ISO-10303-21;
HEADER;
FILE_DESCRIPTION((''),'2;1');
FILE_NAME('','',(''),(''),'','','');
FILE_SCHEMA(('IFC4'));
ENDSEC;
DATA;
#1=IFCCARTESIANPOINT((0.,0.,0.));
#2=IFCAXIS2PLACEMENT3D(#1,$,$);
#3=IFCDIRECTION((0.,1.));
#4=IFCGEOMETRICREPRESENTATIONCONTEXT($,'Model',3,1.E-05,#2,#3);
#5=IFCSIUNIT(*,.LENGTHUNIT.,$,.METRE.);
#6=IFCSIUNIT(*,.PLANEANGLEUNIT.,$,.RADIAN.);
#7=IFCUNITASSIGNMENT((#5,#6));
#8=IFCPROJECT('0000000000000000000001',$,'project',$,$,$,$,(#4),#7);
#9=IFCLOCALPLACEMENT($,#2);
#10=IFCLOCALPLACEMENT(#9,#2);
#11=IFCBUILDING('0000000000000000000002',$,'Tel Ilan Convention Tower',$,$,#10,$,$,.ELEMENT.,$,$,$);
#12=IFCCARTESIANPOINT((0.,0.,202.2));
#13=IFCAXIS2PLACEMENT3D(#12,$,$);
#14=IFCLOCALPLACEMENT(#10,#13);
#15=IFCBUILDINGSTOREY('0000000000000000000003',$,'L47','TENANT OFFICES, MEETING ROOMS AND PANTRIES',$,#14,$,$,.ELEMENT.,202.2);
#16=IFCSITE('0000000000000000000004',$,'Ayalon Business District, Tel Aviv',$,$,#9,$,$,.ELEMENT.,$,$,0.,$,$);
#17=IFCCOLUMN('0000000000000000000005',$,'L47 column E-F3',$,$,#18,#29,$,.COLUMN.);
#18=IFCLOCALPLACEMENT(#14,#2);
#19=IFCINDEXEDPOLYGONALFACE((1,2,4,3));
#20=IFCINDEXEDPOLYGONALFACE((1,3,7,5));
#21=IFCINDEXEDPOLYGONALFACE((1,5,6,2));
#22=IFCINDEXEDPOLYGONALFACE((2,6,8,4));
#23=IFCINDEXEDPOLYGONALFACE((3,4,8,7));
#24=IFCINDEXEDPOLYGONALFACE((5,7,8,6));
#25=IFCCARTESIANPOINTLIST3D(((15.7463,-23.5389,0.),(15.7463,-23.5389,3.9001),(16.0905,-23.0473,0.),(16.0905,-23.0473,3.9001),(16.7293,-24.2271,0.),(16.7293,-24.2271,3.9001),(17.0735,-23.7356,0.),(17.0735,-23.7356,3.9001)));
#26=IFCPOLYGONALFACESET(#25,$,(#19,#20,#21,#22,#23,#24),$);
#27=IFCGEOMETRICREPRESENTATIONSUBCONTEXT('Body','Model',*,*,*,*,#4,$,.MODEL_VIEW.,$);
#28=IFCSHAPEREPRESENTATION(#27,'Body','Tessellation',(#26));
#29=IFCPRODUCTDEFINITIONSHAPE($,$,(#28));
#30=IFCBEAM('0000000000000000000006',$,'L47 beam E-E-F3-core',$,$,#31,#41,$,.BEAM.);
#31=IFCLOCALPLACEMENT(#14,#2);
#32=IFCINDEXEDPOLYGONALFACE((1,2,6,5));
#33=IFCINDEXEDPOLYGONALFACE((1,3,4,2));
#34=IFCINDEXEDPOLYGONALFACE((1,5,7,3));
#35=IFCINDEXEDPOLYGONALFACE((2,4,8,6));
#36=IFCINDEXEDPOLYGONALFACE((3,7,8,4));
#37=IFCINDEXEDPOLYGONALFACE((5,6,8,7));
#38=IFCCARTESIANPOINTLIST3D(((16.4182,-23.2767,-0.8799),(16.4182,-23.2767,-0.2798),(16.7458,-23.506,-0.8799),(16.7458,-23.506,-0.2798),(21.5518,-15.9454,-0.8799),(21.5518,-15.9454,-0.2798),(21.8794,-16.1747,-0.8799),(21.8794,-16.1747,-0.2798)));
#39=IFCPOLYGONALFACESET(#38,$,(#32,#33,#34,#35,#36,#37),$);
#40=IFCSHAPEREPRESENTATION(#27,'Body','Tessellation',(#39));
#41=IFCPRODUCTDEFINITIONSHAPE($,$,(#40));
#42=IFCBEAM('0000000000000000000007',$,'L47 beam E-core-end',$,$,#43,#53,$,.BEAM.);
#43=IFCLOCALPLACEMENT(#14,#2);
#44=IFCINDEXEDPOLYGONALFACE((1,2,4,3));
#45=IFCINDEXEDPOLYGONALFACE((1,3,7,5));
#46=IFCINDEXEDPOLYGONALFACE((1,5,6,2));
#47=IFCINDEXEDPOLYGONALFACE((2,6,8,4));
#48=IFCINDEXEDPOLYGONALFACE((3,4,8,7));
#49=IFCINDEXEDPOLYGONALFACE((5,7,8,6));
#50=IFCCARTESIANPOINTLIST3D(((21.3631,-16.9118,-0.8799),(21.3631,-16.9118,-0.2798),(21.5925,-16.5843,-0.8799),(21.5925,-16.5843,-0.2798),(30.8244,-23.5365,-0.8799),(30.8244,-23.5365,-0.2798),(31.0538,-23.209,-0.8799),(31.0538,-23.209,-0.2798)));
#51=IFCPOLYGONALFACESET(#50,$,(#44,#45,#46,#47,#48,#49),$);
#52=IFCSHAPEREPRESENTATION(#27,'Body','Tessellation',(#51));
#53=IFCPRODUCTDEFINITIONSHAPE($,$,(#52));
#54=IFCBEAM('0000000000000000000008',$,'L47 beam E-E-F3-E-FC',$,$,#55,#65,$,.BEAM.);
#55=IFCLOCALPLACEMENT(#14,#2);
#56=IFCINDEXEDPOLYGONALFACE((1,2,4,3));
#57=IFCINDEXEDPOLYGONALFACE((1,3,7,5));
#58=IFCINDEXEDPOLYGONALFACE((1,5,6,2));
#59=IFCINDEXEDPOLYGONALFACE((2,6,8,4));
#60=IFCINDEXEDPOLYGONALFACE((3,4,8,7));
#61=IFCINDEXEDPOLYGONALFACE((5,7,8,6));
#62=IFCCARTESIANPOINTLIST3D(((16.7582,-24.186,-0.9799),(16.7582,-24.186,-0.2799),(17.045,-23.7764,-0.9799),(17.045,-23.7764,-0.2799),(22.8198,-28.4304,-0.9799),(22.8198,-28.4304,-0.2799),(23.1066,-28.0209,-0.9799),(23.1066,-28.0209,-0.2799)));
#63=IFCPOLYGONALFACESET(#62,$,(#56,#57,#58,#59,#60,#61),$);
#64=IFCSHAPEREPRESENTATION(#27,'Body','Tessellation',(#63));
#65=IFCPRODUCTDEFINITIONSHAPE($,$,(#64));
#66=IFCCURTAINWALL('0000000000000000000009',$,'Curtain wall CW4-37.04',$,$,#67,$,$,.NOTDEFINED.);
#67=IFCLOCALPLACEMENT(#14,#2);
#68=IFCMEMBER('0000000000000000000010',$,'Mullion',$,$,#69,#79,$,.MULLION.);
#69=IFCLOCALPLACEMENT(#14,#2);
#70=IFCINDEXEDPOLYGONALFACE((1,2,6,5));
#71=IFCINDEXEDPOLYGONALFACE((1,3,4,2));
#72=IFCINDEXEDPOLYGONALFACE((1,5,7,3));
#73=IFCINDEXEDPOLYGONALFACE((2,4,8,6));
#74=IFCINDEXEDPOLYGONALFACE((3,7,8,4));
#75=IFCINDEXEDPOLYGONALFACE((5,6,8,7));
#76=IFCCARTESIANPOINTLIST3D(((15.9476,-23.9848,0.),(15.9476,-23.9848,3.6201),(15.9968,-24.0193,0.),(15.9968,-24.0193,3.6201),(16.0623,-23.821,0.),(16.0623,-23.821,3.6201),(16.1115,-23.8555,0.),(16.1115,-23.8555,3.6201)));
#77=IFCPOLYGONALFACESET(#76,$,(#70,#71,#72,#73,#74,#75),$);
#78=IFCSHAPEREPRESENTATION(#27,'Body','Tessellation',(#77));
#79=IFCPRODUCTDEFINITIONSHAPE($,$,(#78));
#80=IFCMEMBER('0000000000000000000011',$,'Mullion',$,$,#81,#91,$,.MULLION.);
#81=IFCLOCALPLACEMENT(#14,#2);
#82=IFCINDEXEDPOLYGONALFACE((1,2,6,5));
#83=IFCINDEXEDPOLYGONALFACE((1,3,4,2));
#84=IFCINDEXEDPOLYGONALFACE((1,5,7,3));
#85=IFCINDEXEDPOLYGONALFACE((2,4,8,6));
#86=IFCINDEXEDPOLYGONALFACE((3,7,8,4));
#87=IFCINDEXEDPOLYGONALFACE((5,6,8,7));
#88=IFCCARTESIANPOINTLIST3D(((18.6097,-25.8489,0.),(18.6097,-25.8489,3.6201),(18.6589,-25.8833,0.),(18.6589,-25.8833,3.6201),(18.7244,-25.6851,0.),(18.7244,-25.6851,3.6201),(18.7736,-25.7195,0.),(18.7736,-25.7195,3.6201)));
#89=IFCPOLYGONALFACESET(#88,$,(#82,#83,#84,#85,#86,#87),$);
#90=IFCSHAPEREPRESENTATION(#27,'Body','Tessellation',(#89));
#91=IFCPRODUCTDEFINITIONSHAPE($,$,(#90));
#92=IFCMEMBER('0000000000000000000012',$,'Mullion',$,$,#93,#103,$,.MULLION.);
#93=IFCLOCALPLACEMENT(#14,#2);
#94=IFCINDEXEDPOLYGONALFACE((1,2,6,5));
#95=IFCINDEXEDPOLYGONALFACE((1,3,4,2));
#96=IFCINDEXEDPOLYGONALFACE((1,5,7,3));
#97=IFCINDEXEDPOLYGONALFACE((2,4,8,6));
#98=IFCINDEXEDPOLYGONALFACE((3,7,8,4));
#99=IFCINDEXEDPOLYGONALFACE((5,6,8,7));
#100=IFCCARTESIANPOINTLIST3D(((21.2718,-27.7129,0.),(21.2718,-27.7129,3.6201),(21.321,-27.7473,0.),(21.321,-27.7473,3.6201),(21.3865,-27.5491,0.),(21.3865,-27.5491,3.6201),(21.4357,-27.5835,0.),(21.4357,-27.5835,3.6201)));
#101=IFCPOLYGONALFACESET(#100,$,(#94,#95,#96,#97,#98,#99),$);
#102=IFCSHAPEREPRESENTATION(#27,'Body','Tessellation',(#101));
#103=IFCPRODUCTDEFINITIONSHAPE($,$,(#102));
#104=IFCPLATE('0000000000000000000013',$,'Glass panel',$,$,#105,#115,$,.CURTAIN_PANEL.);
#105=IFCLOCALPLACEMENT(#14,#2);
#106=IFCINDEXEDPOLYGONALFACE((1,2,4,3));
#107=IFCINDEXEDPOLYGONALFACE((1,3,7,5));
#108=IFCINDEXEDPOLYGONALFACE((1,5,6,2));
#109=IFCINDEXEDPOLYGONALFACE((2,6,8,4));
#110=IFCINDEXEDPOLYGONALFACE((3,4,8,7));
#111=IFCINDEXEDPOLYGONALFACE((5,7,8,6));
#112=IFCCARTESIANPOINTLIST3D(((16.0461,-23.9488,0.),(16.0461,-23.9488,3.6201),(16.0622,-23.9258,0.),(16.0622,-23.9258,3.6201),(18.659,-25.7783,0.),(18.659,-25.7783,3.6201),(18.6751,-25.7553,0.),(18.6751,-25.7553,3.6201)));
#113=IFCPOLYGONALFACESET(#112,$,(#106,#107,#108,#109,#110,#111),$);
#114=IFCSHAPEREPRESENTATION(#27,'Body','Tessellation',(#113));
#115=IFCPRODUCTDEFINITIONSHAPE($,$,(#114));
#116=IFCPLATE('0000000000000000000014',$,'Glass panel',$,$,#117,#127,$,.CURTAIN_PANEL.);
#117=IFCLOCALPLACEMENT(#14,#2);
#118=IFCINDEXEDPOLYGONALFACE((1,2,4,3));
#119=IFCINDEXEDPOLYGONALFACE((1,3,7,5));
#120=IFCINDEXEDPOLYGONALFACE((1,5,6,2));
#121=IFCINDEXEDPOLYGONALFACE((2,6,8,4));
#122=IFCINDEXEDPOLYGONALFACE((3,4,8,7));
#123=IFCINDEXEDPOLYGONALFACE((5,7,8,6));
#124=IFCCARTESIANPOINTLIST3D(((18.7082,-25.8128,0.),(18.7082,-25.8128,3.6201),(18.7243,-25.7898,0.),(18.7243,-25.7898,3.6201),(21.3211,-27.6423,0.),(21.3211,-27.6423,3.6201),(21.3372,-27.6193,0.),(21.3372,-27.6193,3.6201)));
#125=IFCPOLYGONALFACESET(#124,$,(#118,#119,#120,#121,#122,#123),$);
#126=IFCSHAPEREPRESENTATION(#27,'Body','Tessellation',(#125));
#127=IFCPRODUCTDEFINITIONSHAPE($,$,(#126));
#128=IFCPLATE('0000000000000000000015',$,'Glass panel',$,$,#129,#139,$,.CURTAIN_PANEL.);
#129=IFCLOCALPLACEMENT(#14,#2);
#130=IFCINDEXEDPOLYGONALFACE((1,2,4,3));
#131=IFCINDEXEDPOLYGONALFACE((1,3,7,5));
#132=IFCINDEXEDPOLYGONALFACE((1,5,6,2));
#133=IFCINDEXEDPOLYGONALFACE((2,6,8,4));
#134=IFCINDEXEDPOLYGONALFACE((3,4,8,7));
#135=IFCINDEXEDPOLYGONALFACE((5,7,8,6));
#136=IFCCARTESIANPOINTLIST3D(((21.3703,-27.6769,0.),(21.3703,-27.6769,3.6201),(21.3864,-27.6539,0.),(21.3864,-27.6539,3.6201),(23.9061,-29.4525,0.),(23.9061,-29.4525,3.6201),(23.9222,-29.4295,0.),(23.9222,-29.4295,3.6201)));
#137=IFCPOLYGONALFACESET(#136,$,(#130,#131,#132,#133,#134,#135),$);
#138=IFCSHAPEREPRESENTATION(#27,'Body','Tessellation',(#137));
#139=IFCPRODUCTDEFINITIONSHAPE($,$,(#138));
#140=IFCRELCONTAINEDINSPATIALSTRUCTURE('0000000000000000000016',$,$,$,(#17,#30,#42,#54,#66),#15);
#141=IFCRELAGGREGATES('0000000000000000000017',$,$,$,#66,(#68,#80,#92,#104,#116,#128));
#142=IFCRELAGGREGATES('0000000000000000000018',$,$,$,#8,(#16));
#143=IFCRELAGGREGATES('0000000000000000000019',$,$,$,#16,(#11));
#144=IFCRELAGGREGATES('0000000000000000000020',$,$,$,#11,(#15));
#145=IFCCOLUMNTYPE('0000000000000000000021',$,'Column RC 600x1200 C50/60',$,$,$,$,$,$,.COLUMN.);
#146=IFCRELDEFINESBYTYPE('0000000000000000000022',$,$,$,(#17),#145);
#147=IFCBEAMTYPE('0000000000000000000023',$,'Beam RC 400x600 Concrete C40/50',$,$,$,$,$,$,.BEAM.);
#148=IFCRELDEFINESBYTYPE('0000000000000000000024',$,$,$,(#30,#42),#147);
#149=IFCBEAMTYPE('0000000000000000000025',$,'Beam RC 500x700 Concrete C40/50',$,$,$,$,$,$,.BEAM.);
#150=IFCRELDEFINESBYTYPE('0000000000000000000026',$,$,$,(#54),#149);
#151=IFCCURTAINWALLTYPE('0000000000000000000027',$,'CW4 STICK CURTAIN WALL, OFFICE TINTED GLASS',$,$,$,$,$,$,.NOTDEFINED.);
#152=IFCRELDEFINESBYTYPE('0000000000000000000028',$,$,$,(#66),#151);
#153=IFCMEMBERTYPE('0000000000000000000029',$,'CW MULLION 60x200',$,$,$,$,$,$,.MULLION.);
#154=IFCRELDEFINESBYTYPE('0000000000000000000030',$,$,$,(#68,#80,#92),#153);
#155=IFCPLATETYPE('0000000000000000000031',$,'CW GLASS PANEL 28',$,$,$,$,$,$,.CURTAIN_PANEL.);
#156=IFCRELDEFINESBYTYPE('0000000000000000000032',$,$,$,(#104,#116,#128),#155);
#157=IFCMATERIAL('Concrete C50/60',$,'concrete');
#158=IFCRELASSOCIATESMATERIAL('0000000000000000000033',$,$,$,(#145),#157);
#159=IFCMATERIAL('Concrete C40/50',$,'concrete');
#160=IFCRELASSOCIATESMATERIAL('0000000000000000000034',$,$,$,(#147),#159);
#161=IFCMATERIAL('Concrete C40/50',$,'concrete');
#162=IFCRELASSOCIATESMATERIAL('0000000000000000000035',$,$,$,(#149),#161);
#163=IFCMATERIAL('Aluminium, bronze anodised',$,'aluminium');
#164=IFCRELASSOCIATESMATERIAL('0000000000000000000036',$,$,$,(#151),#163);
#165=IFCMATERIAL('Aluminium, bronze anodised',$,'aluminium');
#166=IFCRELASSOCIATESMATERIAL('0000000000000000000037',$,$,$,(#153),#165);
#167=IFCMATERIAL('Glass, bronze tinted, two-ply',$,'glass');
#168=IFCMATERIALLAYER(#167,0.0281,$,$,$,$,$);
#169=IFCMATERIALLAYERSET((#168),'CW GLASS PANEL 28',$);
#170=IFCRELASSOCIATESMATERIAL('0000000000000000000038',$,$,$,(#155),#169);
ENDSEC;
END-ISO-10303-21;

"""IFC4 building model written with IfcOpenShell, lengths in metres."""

from ifc_helpers import new_model, si_unit, direction, frame, origin, origin_2d, place, context, subcontext, project, spatial, rectangle, extrude, material, layer, layer_set, material_profile, profile_set, type_object, element, aggregate, save


model = new_model("IFC4")

# Units and contexts
model_context = context("Model", 3, precision=1e-05, world=origin(), true_north=direction((0.0, 1.0)))
body_context = subcontext(model_context, "Body", "Model", "MODEL_VIEW")
ifc_project = project(units=[si_unit("LENGTHUNIT", "METRE"), si_unit("PLANEANGLEUNIT", "RADIAN")], contexts=[model_context])

# Site, building, storey
site_placement = place(None, origin())
site = spatial("IfcSite", under=ifc_project, at=site_placement, Name="Ayalon Business District, Tel Aviv", CompositionType="ELEMENT", RefElevation=0.0)
building_placement = place(site_placement, origin())
building = spatial("IfcBuilding", under=site, at=building_placement, Name="Tel Ilan Convention Tower", CompositionType="ELEMENT")
storey_placement = place(building_placement, frame((0.0, 0.0, 202.2)))
storey = spatial("IfcBuildingStorey", under=building, at=storey_placement, Name="L47", Description="TENANT OFFICES, MEETING ROOMS AND PANTRIES", CompositionType="ELEMENT", Elevation=202.2)

# Column
ifc_material_1 = material(Name="Concrete C50/60", Category="concrete")
ifc_material_profile_1 = material_profile(ifc_material_1, rectangle(XDim=1.2, YDim=0.6001, at=origin_2d()), Name="RC 600x1200")
ifc_profile_set_1 = profile_set([ifc_material_profile_1], Name="Concrete C50/60")
column_type = type_object("IfcColumnType", Name="Column RC 600x1200 C50/60", PredefinedType="COLUMN", material=ifc_profile_set_1)
column_placement = place(storey_placement, frame((16.4099, -23.6372, 0.0), z_axis=(0.0, 0.0, 1.0), x_axis=(0.819152, -0.573576, 0.0)))
element("IfcColumn", 1, at=column_placement, inside=storey, type_object=column_type, Name="L47 column E-F3", PredefinedType="COLUMN", context=body_context, shape_type="SweptSolid", body=[
    extrude(rectangle(XDim=1.2, YDim=0.6001, at=origin_2d()), origin(), (0.0, 0.0, 1.0), 3.9001),
])

# Beams
ifc_material_2 = material(Name="Concrete C40/50", Category="concrete")
ifc_material_profile_2 = material_profile(ifc_material_2, rectangle(XDim=0.3999, YDim=0.6001, at=origin_2d()), Name="RC 400x600")
ifc_profile_set_2 = profile_set([ifc_material_profile_2], Name="Concrete C40/50")
beam_type_1 = type_object("IfcBeamType", Name="Beam RC 400x600 Concrete C40/50", PredefinedType="BEAM", material=ifc_profile_set_2)
beam_1_placement = place(storey_placement, frame((16.582, -23.3914, -0.5798), z_axis=(0.573585, 0.819146, 0.0), x_axis=(-0.819146, 0.573585, 0.0)))
element("IfcBeam", 2, at=beam_1_placement, inside=storey, type_object=beam_type_1, Name="L47 beam E-E-F3-core", PredefinedType="BEAM", context=body_context, shape_type="SweptSolid", body=[
    extrude(rectangle(XDim=0.3999, YDim=0.6001, at=origin_2d()), origin(), (0.0, 0.0, 1.0), 8.95),
])
beam_2_placement = place(storey_placement, frame((21.4778, -16.748, -0.5798), z_axis=(0.81916, -0.573564, 0.0), x_axis=(0.573564, 0.81916, 0.0)))
element("IfcBeam", 3, at=beam_2_placement, inside=storey, type_object=beam_type_1, Name="L47 beam E-core-end", PredefinedType="BEAM", context=body_context, shape_type="SweptSolid", body=[
    extrude(rectangle(XDim=0.3999, YDim=0.6001, at=origin_2d()), origin(), (0.0, 0.0, 1.0), 11.55),
])
ifc_material_3 = material(Name="Concrete C40/50", Category="concrete")
ifc_material_profile_3 = material_profile(ifc_material_3, rectangle(XDim=0.5, YDim=0.7, at=origin_2d()), Name="RC 500x700")
ifc_profile_set_3 = profile_set([ifc_material_profile_3], Name="Concrete C40/50")
beam_type_2 = type_object("IfcBeamType", Name="Beam RC 500x700 Concrete C40/50", PredefinedType="BEAM", material=ifc_profile_set_3)
beam_3_placement = place(storey_placement, frame((16.9016, -23.9812, -0.6299), z_axis=(0.819148, -0.573582, 0.0), x_axis=(0.573582, 0.819148, 0.0)))
element("IfcBeam", 4, at=beam_3_placement, inside=storey, type_object=beam_type_2, Name="L47 beam E-E-F3-E-FC", PredefinedType="BEAM", context=body_context, shape_type="SweptSolid", body=[
    extrude(rectangle(XDim=0.5, YDim=0.7, at=origin_2d()), origin(), (0.0, 0.0, 1.0), 7.3999),
])

# Curtain wall, members, plates
ifc_material_4 = material(Name="Aluminium, bronze anodised", Category="aluminium")
curtain_wall_type = type_object("IfcCurtainWallType", Name="CW4 STICK CURTAIN WALL, OFFICE TINTED GLASS", PredefinedType="NOTDEFINED", material=ifc_material_4)
curtain_wall_placement = place(storey_placement, origin())
curtain_wall = element("IfcCurtainWall", 5, at=curtain_wall_placement, inside=storey, type_object=curtain_wall_type, Name="Curtain wall CW4-37.04", PredefinedType="NOTDEFINED")
ifc_material_5 = material(Name="Aluminium, bronze anodised", Category="aluminium")
ifc_material_profile_4 = material_profile(ifc_material_5, rectangle(XDim=0.0601, YDim=0.2, at=origin_2d()), Name="CW MULLION 60x200")
ifc_profile_set_4 = profile_set([ifc_material_profile_4], Name="Aluminium, bronze anodised")
member_type = type_object("IfcMemberType", Name="CW MULLION 60x200", PredefinedType="MULLION", material=ifc_profile_set_4)
member_1_placement = place(storey_placement, frame((16.0295, -23.9202, 0.0), z_axis=(0.0, 0.0, 1.0), x_axis=(0.819152, -0.573576, 0.0)))
member_1 = element("IfcMember", 6, at=member_1_placement, type_object=member_type, Name="Mullion", PredefinedType="MULLION", context=body_context, shape_type="SweptSolid", body=[
    extrude(rectangle(XDim=0.0601, YDim=0.2, at=origin_2d()), origin(), (0.0, 0.0, 1.0), 3.6201),
])
member_2_placement = place(storey_placement, frame((18.6917, -25.7842, 0.0), z_axis=(0.0, 0.0, 1.0), x_axis=(0.819152, -0.573576, 0.0)))
member_2 = element("IfcMember", 7, at=member_2_placement, type_object=member_type, Name="Mullion", PredefinedType="MULLION", context=body_context, shape_type="SweptSolid", body=[
    extrude(rectangle(XDim=0.0601, YDim=0.2, at=origin_2d()), origin(), (0.0, 0.0, 1.0), 3.6201),
])
member_3_placement = place(storey_placement, frame((21.3538, -27.6482, 0.0), z_axis=(0.0, 0.0, 1.0), x_axis=(0.819152, -0.573576, 0.0)))
member_3 = element("IfcMember", 8, at=member_3_placement, type_object=member_type, Name="Mullion", PredefinedType="MULLION", context=body_context, shape_type="SweptSolid", body=[
    extrude(rectangle(XDim=0.0601, YDim=0.2, at=origin_2d()), origin(), (0.0, 0.0, 1.0), 3.6201),
])
ifc_material_6 = material(Name="Glass, bronze tinted, two-ply", Category="glass")
ifc_layer_1 = layer(ifc_material_6, 0.0281)
ifc_layer_set_1 = layer_set([ifc_layer_1], Name="CW GLASS PANEL 28")
plate_type = type_object("IfcPlateType", Name="CW GLASS PANEL 28", PredefinedType="CURTAIN_PANEL", material=ifc_layer_set_1)
plate_1_placement = place(storey_placement, frame((17.3606, -24.8521, 0.0), z_axis=(0.0, 0.0, 1.0), x_axis=(0.819152, -0.573576, 0.0)))
plate_1 = element("IfcPlate", 9, at=plate_1_placement, type_object=plate_type, Name="Glass panel", PredefinedType="CURTAIN_PANEL", context=body_context, shape_type="SweptSolid", body=[
    extrude(rectangle(XDim=3.1897, YDim=0.0281, at=origin_2d()), origin(), (0.0, 0.0, 1.0), 3.6201),
])
plate_2_placement = place(storey_placement, frame((20.0227, -26.7161, 0.0), z_axis=(0.0, 0.0, 1.0), x_axis=(0.819152, -0.573576, 0.0)))
plate_2 = element("IfcPlate", 10, at=plate_2_placement, type_object=plate_type, Name="Glass panel", PredefinedType="CURTAIN_PANEL", context=body_context, shape_type="SweptSolid", body=[
    extrude(rectangle(XDim=3.1897, YDim=0.0281, at=origin_2d()), origin(), (0.0, 0.0, 1.0), 3.6201),
])
plate_3_placement = place(storey_placement, frame((22.6462, -28.5532, 0.0), z_axis=(0.0, 0.0, 1.0), x_axis=(0.819152, -0.573576, 0.0)))
plate_3 = element("IfcPlate", 11, at=plate_3_placement, type_object=plate_type, Name="Glass panel", PredefinedType="CURTAIN_PANEL", context=body_context, shape_type="SweptSolid", body=[
    extrude(rectangle(XDim=3.0957, YDim=0.0281, at=origin_2d()), origin(), (0.0, 0.0, 1.0), 3.6201),
])
aggregate(curtain_wall, [member_1, member_2, member_3, plate_1, plate_2, plate_3])

save(model, "model.ifc")
